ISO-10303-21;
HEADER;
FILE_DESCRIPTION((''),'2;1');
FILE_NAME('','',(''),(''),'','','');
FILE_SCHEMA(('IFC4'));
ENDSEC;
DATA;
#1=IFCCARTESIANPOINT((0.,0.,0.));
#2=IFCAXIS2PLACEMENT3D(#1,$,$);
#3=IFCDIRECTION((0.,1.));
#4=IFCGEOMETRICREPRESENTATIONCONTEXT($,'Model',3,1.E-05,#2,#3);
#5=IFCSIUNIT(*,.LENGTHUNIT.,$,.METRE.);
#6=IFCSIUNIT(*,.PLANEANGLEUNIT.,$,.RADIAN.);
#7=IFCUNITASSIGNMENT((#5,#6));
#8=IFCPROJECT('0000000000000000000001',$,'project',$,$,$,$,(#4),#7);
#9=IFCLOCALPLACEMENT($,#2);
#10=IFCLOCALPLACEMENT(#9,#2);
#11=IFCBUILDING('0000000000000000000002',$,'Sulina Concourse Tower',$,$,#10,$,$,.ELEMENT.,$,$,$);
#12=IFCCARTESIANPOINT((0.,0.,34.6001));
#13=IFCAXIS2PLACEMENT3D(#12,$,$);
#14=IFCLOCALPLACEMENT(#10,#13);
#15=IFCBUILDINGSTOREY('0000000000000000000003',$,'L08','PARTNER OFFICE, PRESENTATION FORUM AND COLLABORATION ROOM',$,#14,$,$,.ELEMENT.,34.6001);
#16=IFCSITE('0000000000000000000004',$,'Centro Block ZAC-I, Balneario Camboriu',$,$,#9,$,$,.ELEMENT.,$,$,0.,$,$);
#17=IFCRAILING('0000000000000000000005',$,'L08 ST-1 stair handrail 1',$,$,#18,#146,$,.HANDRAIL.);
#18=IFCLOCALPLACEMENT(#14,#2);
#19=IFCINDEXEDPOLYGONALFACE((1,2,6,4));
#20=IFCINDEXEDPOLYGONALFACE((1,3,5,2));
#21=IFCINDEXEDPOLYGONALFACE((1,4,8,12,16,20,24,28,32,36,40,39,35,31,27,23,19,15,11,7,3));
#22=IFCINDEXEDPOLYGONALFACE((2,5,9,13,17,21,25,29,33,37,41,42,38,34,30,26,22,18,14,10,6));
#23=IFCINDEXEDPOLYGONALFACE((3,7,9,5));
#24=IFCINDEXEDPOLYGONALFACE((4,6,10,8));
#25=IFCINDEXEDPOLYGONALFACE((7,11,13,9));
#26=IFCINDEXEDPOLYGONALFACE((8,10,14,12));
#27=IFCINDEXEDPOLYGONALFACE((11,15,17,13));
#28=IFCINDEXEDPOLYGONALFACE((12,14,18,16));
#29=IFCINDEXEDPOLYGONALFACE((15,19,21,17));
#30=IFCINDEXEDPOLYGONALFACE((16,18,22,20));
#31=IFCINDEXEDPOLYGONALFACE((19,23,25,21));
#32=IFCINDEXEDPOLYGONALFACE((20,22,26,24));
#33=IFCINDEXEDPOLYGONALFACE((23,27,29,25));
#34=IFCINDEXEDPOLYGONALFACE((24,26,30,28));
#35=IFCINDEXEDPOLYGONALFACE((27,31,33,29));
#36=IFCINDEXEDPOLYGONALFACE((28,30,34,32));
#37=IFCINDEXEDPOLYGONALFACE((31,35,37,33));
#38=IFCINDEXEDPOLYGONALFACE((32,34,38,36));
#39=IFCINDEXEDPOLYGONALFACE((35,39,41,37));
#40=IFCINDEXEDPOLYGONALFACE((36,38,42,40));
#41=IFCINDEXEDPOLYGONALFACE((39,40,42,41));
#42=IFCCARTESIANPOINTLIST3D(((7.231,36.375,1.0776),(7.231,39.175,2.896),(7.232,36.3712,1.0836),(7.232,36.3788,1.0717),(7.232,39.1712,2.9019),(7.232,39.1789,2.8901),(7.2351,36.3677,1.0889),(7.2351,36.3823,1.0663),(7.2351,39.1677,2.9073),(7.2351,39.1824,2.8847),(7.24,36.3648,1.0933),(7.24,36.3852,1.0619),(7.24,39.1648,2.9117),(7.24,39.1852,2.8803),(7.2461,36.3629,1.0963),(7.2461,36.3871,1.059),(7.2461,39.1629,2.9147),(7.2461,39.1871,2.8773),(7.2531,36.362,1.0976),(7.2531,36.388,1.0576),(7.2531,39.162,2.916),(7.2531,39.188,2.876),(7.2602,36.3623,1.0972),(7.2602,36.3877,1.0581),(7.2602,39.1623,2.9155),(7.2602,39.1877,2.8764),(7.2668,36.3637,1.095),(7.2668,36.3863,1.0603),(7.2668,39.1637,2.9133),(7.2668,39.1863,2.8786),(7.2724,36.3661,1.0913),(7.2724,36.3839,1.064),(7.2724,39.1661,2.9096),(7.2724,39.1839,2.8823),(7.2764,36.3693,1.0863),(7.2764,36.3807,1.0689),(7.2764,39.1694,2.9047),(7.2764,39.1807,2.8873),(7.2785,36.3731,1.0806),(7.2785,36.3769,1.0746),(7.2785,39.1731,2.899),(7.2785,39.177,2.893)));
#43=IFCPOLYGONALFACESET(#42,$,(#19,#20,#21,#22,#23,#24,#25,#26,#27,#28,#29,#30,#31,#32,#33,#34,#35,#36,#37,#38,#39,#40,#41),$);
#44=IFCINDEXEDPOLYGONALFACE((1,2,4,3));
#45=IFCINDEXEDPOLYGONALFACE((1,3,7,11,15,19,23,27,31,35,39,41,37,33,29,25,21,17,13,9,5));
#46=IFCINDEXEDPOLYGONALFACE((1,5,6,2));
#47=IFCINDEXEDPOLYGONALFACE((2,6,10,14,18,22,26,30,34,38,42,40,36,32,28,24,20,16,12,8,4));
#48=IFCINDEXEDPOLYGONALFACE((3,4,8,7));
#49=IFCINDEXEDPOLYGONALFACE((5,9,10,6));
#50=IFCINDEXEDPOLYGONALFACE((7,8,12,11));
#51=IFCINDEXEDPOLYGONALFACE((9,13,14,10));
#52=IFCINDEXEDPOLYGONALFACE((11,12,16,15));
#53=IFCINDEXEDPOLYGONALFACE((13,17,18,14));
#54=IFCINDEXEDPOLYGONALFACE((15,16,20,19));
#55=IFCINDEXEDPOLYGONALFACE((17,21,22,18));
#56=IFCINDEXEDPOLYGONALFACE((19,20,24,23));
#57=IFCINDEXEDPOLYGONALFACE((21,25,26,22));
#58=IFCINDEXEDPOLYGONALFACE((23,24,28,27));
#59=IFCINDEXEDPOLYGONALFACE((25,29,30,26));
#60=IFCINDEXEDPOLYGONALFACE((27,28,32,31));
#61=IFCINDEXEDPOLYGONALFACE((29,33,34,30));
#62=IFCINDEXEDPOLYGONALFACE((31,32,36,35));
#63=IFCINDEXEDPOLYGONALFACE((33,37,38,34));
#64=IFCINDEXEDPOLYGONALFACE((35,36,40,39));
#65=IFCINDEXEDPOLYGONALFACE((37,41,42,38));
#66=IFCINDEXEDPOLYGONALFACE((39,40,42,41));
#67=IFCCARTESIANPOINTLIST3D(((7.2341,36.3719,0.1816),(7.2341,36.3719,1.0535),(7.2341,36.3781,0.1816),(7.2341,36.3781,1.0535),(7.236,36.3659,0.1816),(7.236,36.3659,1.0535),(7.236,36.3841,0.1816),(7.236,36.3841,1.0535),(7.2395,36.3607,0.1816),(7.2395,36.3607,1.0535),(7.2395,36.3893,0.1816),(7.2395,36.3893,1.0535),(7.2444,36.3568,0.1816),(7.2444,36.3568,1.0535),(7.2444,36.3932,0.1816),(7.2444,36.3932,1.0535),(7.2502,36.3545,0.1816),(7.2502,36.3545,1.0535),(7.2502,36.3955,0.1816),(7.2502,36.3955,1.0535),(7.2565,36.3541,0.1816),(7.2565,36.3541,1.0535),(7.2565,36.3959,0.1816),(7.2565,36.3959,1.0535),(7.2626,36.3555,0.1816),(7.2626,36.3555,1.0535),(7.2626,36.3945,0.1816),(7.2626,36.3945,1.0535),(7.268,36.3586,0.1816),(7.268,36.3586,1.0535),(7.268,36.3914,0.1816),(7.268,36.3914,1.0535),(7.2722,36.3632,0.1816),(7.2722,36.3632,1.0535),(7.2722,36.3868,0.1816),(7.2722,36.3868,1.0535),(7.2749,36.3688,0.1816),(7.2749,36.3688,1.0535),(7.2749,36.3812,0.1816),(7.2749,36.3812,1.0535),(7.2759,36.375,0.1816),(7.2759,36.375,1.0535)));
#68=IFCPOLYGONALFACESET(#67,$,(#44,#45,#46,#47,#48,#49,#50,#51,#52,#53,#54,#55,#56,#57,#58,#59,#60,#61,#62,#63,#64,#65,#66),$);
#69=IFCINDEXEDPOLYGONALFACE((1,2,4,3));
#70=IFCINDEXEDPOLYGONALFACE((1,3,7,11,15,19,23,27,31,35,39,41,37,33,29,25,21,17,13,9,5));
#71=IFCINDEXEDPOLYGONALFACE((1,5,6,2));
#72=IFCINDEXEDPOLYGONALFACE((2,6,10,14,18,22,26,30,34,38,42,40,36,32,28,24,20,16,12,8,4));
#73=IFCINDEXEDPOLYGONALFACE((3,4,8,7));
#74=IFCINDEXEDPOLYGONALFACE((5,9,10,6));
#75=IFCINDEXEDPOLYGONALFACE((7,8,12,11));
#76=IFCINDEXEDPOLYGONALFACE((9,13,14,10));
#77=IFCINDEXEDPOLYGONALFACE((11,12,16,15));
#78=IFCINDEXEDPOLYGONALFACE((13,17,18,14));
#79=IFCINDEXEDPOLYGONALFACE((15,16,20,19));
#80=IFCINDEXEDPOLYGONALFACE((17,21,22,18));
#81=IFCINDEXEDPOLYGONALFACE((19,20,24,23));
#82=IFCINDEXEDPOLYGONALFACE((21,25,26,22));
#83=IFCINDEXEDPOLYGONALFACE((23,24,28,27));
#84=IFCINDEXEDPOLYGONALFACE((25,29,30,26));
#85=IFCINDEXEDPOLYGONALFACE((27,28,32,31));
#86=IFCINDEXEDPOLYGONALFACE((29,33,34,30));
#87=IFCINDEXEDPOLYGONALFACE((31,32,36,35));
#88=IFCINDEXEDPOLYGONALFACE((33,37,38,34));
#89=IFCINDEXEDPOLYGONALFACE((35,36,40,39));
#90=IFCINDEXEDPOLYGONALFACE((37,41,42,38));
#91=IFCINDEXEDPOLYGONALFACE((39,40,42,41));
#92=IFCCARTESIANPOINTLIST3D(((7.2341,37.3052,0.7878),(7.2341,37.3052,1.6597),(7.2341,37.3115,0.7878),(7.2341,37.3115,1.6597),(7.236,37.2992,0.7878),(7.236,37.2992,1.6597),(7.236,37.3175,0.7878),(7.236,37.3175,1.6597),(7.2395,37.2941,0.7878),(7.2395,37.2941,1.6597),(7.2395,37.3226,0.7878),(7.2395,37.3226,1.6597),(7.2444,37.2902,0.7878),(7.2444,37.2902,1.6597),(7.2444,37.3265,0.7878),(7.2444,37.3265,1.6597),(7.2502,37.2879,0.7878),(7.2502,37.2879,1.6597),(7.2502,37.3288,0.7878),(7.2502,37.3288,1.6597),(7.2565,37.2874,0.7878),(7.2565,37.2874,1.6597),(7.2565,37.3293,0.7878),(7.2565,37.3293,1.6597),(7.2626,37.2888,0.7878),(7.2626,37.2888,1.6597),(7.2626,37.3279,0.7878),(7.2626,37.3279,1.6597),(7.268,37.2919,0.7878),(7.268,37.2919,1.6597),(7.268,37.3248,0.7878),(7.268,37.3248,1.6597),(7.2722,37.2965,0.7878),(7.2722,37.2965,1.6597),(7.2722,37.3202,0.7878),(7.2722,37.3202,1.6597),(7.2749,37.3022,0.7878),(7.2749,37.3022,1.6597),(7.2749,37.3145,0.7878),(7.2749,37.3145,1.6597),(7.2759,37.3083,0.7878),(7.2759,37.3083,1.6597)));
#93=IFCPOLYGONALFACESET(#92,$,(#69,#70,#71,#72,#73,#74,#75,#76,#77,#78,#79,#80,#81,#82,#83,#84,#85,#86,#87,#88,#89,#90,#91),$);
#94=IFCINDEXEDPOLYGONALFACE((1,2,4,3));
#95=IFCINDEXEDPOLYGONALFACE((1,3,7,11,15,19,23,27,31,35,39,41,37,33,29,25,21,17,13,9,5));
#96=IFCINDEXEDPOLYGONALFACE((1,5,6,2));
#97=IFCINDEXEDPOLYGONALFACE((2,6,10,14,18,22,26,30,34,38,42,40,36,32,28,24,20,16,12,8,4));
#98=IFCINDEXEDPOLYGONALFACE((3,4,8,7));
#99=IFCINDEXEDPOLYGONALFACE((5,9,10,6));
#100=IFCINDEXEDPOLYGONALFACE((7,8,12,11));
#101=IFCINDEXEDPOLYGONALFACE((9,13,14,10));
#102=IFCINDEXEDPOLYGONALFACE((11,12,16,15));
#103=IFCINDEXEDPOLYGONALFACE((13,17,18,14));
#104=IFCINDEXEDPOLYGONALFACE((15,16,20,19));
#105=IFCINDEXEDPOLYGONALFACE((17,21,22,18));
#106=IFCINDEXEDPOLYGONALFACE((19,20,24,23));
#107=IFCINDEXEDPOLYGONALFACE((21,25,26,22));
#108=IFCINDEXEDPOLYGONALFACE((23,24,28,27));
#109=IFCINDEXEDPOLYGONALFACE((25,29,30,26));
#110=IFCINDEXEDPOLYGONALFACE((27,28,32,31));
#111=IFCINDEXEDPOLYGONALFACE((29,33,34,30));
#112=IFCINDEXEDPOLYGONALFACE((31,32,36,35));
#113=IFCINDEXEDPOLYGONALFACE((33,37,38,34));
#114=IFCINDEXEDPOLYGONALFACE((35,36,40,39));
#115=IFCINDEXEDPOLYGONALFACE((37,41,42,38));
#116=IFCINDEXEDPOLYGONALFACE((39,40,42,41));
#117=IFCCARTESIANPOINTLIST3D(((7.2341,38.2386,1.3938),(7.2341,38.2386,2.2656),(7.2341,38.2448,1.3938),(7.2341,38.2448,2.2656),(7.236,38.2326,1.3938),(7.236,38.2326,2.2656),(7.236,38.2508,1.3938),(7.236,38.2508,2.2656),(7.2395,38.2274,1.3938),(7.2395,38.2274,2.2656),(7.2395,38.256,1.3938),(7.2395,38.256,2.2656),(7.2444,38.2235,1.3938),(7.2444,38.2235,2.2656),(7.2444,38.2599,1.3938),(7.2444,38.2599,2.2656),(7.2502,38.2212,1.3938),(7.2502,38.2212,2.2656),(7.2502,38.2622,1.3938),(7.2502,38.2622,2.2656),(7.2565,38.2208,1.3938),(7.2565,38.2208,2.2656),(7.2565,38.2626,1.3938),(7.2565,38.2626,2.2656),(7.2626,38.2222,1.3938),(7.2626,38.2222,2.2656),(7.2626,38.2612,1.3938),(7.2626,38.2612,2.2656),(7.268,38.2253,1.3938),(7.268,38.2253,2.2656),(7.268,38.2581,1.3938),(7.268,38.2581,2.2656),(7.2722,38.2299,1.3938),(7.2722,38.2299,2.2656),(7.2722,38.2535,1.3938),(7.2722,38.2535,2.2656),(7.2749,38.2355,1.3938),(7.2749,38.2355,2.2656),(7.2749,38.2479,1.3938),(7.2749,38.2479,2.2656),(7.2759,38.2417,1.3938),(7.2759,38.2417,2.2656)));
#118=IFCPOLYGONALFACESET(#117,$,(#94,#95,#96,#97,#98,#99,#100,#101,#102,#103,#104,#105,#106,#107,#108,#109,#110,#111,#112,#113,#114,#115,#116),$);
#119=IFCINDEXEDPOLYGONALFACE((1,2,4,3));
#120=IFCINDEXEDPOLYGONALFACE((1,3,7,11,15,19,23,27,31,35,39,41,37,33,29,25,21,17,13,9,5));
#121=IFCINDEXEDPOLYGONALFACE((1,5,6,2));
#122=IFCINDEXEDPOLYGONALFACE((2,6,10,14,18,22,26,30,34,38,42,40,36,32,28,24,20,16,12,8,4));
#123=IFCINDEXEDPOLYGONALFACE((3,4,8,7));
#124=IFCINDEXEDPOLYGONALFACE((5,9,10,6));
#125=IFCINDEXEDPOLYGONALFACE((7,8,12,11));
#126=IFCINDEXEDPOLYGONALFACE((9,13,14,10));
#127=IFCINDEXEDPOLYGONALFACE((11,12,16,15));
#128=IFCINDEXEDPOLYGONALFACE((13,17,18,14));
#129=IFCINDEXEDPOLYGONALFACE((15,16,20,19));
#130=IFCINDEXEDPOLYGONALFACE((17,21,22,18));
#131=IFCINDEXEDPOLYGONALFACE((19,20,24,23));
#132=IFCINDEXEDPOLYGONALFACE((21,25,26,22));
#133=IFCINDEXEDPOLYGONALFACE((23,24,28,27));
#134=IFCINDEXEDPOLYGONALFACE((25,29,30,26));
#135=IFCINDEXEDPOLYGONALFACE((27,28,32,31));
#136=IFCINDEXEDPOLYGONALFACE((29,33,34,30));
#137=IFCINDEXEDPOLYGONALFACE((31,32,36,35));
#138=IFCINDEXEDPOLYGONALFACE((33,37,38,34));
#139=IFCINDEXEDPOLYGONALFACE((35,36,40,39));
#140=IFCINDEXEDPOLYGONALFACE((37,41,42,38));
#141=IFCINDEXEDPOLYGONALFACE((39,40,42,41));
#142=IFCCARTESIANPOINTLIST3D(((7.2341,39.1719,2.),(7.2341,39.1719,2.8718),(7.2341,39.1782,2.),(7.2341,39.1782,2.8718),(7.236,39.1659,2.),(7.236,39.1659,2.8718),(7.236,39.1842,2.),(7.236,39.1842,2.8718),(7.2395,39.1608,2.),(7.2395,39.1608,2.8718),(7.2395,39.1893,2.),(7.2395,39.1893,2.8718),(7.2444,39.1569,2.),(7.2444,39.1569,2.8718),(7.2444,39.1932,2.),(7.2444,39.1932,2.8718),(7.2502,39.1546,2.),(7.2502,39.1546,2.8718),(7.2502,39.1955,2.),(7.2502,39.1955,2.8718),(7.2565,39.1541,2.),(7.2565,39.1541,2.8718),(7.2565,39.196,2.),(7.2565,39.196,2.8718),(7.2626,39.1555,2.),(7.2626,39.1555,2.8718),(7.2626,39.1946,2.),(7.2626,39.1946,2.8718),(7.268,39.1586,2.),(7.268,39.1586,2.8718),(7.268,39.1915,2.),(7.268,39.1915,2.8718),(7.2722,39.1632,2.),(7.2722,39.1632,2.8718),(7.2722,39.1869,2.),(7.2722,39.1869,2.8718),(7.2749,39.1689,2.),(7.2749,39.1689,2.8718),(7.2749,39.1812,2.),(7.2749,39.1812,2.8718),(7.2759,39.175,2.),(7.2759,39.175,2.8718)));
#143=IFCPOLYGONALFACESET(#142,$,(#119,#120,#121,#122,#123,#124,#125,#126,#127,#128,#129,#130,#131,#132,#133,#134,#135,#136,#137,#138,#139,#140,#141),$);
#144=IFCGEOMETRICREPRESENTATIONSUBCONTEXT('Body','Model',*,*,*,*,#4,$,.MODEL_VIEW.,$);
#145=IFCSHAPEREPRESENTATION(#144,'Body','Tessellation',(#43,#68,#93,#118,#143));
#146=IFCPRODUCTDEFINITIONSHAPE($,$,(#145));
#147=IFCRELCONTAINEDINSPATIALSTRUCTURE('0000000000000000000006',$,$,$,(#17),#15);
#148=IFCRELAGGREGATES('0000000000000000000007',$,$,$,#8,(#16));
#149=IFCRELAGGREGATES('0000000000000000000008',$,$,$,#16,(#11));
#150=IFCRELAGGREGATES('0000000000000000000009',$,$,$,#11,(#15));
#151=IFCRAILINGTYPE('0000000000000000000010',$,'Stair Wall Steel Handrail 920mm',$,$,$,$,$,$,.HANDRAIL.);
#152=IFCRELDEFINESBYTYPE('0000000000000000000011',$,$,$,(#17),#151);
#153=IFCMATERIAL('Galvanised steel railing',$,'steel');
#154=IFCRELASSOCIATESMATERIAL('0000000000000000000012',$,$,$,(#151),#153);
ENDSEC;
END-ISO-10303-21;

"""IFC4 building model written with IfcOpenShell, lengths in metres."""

from ifc_helpers import new_model, si_unit, direction, frame, origin, origin_2d, place, context, subcontext, project, spatial, circle, extrude, material, type_object, element, save


model = new_model("IFC4")

# Units and contexts
model_context = context("Model", 3, precision=1e-05, world=origin(), true_north=direction((0.0, 1.0)))
body_context = subcontext(model_context, "Body", "Model", "MODEL_VIEW")
ifc_project = project(units=[si_unit("LENGTHUNIT", "METRE"), si_unit("PLANEANGLEUNIT", "RADIAN")], contexts=[model_context])

# Site, building, storey
site_placement = place(None, origin())
site = spatial("IfcSite", under=ifc_project, at=site_placement, Name="Centro Block ZAC-I, Balneario Camboriu", CompositionType="ELEMENT", RefElevation=0.0)
building_placement = place(site_placement, origin())
building = spatial("IfcBuilding", under=site, at=building_placement, Name="Sulina Concourse Tower", CompositionType="ELEMENT")
storey_placement = place(building_placement, frame((0.0, 0.0, 34.6001)))
storey = spatial("IfcBuildingStorey", under=building, at=storey_placement, Name="L08", Description="PARTNER OFFICE, PRESENTATION FORUM AND COLLABORATION ROOM", CompositionType="ELEMENT", Elevation=34.6001)

# Railing
ifc_material_1 = material(Name="Galvanised steel railing", Category="steel")
railing_type_1 = type_object("IfcRailingType", Name="Stair Wall Steel Handrail 920mm", PredefinedType="HANDRAIL", material=ifc_material_1)
railing_1_placement = place(storey_placement, frame((7.2549, 36.375, 0.1816)))
element("IfcRailing", 1, at=railing_1_placement, inside=storey, type_object=railing_type_1, Name="L08 ST-1 stair handrail 1", PredefinedType="HANDRAIL", context=body_context, shape_type="SweptSolid", body=[
    extrude(circle(Radius=0.0239, at=origin_2d()), frame((0.0, 0.0, 0.896), z_axis=(0.0, 0.838672, 0.544636), x_axis=(-1.0, 0.0, 0.0)), (0.0, 0.0, 1.0), 3.3386),
    extrude(circle(Radius=0.021, at=origin_2d()), origin(), (0.0, 0.0, 1.0), 0.8718),
    extrude(circle(Radius=0.021, at=origin_2d()), frame((0.0, 0.9333, 0.6062)), (0.0, 0.0, 1.0), 0.8718),
    extrude(circle(Radius=0.021, at=origin_2d()), frame((0.0, 1.8667, 1.2122)), (0.0, 0.0, 1.0), 0.8718),
    extrude(circle(Radius=0.021, at=origin_2d()), frame((0.0, 2.8, 1.8184)), (0.0, 0.0, 1.0), 0.8718),
])

save(model, "model.ifc")
